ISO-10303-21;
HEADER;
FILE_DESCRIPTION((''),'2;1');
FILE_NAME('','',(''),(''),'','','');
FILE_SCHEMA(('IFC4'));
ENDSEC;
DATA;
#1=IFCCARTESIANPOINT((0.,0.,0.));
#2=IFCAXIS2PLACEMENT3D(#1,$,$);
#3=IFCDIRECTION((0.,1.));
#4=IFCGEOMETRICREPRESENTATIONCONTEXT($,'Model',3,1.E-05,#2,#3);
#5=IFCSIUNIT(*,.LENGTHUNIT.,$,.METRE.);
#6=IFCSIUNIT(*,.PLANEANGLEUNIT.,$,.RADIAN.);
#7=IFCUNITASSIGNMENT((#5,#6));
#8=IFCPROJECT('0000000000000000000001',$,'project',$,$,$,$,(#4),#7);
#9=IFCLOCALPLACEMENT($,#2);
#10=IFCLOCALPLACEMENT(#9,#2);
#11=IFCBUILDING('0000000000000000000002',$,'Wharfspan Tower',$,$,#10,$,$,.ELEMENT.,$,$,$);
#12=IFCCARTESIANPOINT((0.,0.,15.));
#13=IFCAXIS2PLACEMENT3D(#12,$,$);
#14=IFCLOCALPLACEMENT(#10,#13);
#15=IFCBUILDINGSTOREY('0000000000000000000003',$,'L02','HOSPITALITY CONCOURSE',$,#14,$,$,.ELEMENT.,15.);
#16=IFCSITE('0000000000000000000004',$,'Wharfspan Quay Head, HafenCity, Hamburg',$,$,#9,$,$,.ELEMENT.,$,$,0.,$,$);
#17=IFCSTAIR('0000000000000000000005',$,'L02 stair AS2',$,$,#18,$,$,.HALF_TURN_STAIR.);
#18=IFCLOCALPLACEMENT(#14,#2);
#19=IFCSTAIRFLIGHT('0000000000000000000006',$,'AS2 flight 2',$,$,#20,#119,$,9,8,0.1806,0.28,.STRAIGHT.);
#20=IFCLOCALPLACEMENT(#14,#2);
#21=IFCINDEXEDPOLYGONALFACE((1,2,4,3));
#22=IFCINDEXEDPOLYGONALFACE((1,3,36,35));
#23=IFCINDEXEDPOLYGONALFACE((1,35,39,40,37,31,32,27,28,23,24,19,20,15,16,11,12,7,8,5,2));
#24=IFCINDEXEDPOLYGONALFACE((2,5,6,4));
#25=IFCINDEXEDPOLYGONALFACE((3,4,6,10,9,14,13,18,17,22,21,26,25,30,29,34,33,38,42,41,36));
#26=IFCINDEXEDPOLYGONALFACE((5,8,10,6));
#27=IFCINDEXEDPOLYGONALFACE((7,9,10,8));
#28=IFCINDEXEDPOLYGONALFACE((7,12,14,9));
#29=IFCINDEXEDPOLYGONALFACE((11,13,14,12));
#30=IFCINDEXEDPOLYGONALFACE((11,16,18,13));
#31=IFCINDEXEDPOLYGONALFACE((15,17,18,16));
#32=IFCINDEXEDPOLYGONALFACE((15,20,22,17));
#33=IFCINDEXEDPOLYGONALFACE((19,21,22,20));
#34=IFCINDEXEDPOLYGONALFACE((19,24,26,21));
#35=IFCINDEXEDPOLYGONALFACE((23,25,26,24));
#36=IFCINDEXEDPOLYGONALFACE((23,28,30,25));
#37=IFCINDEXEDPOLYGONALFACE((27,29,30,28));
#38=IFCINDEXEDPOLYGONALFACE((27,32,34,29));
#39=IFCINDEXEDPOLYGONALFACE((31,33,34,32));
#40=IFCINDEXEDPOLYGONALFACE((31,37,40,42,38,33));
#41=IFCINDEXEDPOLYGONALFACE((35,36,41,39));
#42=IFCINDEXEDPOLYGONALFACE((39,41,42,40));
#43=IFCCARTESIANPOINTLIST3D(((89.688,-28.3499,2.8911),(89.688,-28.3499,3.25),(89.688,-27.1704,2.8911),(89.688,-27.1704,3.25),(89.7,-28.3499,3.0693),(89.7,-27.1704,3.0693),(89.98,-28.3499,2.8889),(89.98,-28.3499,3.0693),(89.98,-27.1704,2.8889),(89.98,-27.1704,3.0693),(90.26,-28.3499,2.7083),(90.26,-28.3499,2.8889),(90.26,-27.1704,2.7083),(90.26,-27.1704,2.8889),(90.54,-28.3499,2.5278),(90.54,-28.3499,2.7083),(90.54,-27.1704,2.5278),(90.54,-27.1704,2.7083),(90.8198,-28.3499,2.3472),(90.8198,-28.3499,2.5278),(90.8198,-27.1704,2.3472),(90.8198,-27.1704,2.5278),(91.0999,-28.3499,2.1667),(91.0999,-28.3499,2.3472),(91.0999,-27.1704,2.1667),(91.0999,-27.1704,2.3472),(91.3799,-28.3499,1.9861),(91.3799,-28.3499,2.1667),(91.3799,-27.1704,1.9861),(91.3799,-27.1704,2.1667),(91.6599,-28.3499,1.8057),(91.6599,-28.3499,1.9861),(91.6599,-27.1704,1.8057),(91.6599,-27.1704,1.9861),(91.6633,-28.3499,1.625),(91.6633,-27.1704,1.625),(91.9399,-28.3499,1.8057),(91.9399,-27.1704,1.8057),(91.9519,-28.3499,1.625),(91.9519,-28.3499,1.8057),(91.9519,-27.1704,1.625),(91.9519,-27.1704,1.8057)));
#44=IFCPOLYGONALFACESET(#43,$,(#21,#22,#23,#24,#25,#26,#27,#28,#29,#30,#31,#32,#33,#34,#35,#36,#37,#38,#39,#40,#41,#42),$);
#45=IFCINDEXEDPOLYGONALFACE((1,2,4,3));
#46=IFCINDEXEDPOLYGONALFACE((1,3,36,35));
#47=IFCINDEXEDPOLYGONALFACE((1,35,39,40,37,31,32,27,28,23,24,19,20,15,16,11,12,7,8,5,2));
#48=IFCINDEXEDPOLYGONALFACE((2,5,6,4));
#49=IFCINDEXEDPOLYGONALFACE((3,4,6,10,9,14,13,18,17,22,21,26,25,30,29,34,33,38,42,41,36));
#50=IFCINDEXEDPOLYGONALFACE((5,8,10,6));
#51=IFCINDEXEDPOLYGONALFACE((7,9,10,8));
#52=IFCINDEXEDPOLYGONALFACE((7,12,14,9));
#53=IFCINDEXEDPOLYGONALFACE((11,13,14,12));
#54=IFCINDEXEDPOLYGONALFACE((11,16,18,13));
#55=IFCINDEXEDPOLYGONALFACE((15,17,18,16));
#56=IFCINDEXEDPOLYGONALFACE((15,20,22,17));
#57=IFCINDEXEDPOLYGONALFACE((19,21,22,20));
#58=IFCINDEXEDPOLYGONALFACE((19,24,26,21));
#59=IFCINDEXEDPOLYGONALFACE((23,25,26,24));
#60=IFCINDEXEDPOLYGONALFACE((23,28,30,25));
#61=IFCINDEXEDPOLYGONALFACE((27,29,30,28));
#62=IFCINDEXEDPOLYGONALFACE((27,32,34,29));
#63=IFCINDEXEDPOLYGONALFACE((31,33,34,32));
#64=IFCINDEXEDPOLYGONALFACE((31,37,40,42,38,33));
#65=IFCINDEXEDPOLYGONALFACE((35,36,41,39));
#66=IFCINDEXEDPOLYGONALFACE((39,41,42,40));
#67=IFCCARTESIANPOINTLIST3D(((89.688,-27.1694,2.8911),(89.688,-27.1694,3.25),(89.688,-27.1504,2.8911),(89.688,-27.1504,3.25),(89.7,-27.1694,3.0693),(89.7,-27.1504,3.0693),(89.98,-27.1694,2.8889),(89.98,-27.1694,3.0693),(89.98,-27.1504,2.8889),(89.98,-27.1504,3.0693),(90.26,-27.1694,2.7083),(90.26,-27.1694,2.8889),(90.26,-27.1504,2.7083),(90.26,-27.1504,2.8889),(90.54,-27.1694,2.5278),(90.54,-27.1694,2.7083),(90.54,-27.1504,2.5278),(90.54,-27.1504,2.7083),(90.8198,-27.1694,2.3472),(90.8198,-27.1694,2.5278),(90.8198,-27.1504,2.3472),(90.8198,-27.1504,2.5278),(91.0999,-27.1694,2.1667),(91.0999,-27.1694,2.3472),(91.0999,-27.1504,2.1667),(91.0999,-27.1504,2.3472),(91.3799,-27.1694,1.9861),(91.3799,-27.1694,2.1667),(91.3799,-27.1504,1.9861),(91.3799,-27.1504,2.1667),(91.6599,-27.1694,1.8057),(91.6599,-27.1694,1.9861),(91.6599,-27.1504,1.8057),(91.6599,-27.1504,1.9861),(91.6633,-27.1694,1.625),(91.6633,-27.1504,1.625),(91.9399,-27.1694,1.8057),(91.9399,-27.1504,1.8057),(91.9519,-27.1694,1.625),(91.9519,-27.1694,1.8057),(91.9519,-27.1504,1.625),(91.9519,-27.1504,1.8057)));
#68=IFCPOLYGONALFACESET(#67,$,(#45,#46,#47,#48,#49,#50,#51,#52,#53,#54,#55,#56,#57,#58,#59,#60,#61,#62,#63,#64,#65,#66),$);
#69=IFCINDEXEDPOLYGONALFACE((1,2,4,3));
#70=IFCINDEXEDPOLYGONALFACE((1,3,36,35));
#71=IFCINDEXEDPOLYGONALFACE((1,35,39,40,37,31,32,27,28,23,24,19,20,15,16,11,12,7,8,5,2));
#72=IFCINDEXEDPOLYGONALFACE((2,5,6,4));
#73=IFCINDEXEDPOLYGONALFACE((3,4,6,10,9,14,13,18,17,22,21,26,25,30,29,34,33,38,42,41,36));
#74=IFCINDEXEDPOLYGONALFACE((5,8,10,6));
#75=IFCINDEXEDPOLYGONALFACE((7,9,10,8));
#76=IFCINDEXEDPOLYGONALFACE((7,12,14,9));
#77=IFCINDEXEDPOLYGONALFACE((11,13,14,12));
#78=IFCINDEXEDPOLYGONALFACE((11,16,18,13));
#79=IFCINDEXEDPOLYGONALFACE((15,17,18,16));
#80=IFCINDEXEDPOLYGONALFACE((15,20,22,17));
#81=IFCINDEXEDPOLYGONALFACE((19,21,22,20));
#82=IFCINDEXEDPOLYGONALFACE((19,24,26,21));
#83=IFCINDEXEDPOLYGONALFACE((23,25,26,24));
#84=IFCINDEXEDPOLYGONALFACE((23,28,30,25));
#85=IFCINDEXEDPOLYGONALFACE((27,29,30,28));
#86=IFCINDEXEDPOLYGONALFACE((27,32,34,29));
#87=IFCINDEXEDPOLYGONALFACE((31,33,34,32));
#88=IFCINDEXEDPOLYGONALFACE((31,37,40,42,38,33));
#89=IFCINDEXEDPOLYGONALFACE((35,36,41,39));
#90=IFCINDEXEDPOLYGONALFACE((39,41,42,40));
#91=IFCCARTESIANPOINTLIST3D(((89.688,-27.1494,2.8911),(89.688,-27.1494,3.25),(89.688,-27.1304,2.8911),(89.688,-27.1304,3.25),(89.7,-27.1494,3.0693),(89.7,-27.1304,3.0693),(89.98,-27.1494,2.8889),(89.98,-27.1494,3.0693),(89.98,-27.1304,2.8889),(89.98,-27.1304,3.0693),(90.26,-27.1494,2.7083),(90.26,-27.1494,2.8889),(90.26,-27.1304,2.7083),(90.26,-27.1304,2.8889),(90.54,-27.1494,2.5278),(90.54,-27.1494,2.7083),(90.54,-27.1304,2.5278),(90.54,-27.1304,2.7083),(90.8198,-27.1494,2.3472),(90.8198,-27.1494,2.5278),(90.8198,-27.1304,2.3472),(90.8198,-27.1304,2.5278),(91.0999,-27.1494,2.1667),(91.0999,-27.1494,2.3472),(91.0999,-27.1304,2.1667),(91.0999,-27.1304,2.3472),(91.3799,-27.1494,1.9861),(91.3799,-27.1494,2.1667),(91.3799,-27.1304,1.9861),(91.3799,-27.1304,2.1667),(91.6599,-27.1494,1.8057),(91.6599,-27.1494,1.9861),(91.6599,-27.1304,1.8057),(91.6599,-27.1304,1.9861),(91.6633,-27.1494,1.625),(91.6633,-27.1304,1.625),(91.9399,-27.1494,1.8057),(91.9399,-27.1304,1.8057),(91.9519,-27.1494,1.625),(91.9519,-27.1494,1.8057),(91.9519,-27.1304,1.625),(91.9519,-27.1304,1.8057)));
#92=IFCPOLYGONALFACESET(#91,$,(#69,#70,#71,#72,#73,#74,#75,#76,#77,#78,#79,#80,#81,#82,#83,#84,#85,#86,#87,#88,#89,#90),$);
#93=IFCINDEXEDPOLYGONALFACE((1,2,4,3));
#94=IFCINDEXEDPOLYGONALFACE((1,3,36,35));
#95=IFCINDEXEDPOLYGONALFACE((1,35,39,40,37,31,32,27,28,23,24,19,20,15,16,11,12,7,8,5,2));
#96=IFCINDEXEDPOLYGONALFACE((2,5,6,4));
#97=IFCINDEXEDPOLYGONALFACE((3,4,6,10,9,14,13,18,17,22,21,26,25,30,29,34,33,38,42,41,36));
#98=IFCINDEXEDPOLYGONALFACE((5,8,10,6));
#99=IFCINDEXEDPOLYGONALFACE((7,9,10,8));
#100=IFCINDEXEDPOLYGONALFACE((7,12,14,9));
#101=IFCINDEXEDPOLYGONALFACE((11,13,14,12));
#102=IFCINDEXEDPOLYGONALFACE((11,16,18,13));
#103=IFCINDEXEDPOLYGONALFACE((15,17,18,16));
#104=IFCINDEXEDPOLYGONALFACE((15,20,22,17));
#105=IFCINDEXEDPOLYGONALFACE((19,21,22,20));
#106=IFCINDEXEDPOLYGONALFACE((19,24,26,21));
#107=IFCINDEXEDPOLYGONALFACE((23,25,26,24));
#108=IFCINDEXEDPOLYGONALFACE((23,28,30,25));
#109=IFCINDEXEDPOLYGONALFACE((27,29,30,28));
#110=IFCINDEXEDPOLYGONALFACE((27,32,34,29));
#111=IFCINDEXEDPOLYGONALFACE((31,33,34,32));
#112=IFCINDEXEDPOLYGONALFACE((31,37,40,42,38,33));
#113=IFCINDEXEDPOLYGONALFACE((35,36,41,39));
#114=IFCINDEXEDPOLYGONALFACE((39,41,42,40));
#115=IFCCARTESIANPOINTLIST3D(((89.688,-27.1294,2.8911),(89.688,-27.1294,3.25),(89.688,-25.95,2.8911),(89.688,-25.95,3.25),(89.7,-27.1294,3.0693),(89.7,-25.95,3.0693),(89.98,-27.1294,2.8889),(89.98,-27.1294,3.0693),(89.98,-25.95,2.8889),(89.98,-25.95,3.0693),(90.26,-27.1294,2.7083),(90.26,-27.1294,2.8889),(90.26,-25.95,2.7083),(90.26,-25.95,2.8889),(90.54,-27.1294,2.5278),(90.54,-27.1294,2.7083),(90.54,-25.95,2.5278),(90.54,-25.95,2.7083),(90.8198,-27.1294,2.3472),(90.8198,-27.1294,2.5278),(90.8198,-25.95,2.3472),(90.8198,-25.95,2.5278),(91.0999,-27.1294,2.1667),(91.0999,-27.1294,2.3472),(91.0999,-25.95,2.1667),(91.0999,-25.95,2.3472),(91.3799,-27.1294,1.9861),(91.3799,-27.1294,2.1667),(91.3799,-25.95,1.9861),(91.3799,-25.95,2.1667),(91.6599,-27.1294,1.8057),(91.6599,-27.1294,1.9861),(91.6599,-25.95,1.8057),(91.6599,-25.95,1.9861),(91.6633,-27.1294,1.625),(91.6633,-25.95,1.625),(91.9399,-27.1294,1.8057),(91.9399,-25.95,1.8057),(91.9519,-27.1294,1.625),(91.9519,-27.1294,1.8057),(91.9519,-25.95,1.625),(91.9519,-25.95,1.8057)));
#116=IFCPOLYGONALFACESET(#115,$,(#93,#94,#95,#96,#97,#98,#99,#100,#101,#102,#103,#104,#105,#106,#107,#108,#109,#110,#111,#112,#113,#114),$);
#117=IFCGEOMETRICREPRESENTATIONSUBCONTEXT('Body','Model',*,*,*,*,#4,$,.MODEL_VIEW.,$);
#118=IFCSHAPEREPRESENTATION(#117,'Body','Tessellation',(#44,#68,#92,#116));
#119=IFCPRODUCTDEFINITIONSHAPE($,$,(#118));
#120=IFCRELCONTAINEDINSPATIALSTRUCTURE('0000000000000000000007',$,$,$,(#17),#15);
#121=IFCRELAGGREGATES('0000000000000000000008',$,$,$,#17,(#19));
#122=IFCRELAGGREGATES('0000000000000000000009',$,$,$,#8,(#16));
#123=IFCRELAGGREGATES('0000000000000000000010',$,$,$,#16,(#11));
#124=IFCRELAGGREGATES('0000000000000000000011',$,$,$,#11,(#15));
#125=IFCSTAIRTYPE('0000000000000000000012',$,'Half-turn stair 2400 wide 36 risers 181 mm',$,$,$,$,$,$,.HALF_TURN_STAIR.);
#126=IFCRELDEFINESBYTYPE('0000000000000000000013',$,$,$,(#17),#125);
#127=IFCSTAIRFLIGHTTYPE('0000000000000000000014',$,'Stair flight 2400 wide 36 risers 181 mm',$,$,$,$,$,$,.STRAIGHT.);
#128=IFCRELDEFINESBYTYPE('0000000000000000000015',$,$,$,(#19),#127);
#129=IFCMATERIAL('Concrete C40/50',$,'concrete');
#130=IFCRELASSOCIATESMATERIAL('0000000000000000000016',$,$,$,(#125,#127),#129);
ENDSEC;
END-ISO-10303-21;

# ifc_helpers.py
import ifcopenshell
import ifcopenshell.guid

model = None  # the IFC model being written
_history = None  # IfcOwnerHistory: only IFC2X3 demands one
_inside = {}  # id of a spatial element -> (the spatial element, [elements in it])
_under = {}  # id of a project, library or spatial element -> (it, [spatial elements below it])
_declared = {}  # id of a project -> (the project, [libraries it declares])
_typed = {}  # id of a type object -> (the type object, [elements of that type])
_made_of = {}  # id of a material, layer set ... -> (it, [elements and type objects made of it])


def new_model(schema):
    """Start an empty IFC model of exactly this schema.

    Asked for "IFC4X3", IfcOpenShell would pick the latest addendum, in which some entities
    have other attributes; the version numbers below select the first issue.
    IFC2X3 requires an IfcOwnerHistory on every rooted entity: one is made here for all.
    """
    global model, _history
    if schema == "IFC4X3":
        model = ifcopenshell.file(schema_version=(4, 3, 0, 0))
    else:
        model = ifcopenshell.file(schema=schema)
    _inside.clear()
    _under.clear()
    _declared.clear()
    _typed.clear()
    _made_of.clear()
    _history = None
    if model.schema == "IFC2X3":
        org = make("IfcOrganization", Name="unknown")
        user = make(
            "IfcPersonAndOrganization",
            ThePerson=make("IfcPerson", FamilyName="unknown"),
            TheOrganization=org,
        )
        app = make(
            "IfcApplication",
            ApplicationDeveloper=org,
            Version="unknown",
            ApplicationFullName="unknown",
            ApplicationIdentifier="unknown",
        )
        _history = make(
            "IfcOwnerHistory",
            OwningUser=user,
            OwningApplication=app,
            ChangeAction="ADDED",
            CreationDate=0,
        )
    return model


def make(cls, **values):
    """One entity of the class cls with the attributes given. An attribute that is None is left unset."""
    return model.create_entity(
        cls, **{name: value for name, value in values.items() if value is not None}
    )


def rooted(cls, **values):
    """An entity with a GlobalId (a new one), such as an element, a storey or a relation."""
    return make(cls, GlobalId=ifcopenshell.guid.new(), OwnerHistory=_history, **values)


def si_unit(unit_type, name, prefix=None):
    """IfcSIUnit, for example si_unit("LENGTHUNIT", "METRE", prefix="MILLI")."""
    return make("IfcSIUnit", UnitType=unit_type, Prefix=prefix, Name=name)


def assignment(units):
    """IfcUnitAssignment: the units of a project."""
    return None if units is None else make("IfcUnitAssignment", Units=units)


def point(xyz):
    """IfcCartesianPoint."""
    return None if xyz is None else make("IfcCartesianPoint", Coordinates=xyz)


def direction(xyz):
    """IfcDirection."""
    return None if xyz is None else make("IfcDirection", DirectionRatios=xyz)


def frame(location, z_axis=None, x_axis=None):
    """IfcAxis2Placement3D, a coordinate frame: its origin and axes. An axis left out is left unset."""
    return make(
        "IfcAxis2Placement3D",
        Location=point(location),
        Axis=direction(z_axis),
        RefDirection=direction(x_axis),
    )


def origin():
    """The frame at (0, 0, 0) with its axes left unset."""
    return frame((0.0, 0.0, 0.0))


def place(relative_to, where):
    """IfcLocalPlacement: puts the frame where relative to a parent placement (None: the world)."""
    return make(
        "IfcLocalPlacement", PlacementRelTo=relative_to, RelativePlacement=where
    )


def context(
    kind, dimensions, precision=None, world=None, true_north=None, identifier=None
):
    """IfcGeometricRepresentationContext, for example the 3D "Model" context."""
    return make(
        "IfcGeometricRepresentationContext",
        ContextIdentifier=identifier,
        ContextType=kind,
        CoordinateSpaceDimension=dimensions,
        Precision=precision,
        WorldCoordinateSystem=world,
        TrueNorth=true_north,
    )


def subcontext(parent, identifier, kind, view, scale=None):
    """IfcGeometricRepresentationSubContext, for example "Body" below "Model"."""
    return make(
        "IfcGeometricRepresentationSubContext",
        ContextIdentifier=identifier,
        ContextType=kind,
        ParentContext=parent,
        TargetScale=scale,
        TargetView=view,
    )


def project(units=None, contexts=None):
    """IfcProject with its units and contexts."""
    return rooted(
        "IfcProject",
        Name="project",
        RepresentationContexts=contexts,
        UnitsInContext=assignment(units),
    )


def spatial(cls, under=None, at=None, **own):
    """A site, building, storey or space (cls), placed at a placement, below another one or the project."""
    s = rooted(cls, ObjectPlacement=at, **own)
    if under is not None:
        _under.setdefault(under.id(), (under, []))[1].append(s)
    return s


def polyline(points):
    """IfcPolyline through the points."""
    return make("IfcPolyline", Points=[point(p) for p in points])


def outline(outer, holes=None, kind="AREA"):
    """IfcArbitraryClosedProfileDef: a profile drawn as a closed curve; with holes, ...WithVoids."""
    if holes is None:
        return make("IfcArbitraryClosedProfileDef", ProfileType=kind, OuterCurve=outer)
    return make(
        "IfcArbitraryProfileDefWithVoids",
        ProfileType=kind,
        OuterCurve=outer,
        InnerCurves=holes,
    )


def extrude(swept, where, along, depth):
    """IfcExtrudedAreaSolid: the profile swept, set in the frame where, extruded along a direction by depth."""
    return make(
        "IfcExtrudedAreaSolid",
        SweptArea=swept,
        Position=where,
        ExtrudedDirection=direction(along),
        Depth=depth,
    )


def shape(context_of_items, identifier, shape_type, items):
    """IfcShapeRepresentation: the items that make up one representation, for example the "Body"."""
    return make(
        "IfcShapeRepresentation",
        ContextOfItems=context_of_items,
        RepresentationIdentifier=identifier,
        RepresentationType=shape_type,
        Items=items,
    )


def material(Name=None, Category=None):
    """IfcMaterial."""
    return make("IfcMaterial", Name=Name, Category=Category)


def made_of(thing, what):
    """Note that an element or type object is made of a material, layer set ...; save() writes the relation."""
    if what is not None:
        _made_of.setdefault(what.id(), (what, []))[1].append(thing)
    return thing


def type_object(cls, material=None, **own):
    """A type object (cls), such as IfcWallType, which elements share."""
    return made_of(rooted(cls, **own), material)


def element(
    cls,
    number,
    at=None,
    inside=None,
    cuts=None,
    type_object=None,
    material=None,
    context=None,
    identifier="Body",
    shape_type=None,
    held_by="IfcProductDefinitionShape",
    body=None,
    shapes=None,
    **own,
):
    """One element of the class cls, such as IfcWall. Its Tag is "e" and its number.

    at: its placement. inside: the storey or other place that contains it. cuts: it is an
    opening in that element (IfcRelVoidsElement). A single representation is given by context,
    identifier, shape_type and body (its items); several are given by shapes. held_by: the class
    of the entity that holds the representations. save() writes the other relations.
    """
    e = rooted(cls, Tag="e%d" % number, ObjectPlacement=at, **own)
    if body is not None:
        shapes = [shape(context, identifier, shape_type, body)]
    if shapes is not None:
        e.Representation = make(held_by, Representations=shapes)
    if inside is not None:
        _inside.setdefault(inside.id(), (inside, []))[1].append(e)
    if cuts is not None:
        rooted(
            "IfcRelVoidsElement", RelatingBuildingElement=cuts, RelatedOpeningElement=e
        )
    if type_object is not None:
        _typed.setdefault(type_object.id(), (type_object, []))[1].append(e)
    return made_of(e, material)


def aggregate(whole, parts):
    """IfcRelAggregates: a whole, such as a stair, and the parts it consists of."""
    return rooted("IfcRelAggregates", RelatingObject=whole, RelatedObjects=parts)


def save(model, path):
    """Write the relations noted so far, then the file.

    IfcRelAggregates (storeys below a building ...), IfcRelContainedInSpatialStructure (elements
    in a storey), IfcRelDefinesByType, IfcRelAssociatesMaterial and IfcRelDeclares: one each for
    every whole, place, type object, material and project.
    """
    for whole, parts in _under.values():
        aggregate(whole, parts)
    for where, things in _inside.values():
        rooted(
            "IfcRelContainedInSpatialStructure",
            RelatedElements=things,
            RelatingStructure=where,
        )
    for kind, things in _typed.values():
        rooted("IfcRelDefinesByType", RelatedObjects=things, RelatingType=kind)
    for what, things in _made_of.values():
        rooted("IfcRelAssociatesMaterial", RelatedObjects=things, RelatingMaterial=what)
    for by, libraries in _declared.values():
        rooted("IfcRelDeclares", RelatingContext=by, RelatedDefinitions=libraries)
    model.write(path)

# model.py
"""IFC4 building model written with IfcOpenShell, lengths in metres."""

from ifc_helpers import new_model, si_unit, direction, frame, origin, place, context, subcontext, project, spatial, polyline, outline, extrude, material, type_object, element, aggregate, save


model = new_model("IFC4")

# Units and contexts
model_context = context("Model", 3, precision=1e-05, world=origin(), true_north=direction((0.0, 1.0)))
body_context = subcontext(model_context, "Body", "Model", "MODEL_VIEW")
ifc_project = project(units=[si_unit("LENGTHUNIT", "METRE"), si_unit("PLANEANGLEUNIT", "RADIAN")], contexts=[model_context])

# Site, building, storey
site_placement = place(None, origin())
site = spatial("IfcSite", under=ifc_project, at=site_placement, Name="Wharfspan Quay Head, HafenCity, Hamburg", CompositionType="ELEMENT", RefElevation=0.0)
building_placement = place(site_placement, origin())
building = spatial("IfcBuilding", under=site, at=building_placement, Name="Wharfspan Tower", CompositionType="ELEMENT")
storey_placement = place(building_placement, frame((0.0, 0.0, 15.0)))
storey = spatial("IfcBuildingStorey", under=building, at=storey_placement, Name="L02", Description="HOSPITALITY CONCOURSE", CompositionType="ELEMENT", Elevation=15.0)

# Shared definitions
ifc_material_1 = material(Name="Concrete C40/50", Category="concrete")

# Stair, stair flight
stair_type = type_object("IfcStairType", Name="Half-turn stair 2400 wide 36 risers 181 mm", PredefinedType="HALF_TURN_STAIR", material=ifc_material_1)
stair_placement = place(storey_placement, origin())
stair = element("IfcStair", 1, at=stair_placement, inside=storey, type_object=stair_type, Name="L02 stair AS2", PredefinedType="HALF_TURN_STAIR")
stair_flight_type = type_object("IfcStairFlightType", Name="Stair flight 2400 wide 36 risers 181 mm", PredefinedType="STRAIGHT", material=ifc_material_1)
stair_flight_1_placement = place(storey_placement, frame((91.9399, -27.1499, 1.625), z_axis=(0.0, 0.0, 1.0), x_axis=(-1.0, 0.0, 0.0)))
stair_flight_1 = element("IfcStairFlight", 2, at=stair_flight_1_placement, type_object=stair_flight_type, Name="AS2 flight 2", NumberOfRisers=9, NumberOfTreads=8, PredefinedType="STRAIGHT", RiserHeight=0.1806, TreadLength=0.28, context=body_context, shape_type="SweptSolid", body=[
    extrude(outline(polyline([(-0.012, 0.0), (-0.012, 0.1807), (0.0, 0.1807), (0.28, 0.1807), (0.28, 0.3611), (0.5601, 0.3611), (0.5601, 0.5417), (0.8401, 0.5417), (0.8401, 0.7222), (1.1201, 0.7222), (1.1201, 0.9028), (1.3999, 0.9028), (1.3999, 1.0833), (1.6799, 1.0833), (1.6799, 1.2639), (1.96, 1.2639), (1.96, 1.4443), (2.24, 1.4443), (2.252, 1.625), (2.252, 1.2661), (0.2766, 0.0), (-0.012, 0.0)])), frame((0.0, 1.2, 0.0), z_axis=(0.0, -1.0, 0.0), x_axis=(1.0, 0.0, 0.0)), (0.0, 0.0, 1.0), 1.1794),
    extrude(outline(polyline([(-0.012, 0.0), (-0.012, 0.1807), (0.0, 0.1807), (0.28, 0.1807), (0.28, 0.3611), (0.5601, 0.3611), (0.5601, 0.5417), (0.8401, 0.5417), (0.8401, 0.7222), (1.1201, 0.7222), (1.1201, 0.9028), (1.3999, 0.9028), (1.3999, 1.0833), (1.6799, 1.0833), (1.6799, 1.2639), (1.96, 1.2639), (1.96, 1.4443), (2.24, 1.4443), (2.252, 1.625), (2.252, 1.2661), (0.2766, 0.0), (-0.012, 0.0)])), frame((0.0, 0.0195, 0.0), z_axis=(0.0, -1.0, 0.0), x_axis=(1.0, 0.0, 0.0)), (0.0, 0.0, 1.0), 0.019),
    extrude(outline(polyline([(-0.012, 0.0), (-0.012, 0.1807), (0.0, 0.1807), (0.28, 0.1807), (0.28, 0.3611), (0.5601, 0.3611), (0.5601, 0.5417), (0.8401, 0.5417), (0.8401, 0.7222), (1.1201, 0.7222), (1.1201, 0.9028), (1.3999, 0.9028), (1.3999, 1.0833), (1.6799, 1.0833), (1.6799, 1.2639), (1.96, 1.2639), (1.96, 1.4443), (2.24, 1.4443), (2.252, 1.625), (2.252, 1.2661), (0.2766, 0.0), (-0.012, 0.0)])), frame((0.0, -0.0005, 0.0), z_axis=(0.0, -1.0, 0.0), x_axis=(1.0, 0.0, 0.0)), (0.0, 0.0, 1.0), 0.019),
    extrude(outline(polyline([(-0.012, 0.0), (-0.012, 0.1807), (0.0, 0.1807), (0.28, 0.1807), (0.28, 0.3611), (0.5601, 0.3611), (0.5601, 0.5417), (0.8401, 0.5417), (0.8401, 0.7222), (1.1201, 0.7222), (1.1201, 0.9028), (1.3999, 0.9028), (1.3999, 1.0833), (1.6799, 1.0833), (1.6799, 1.2639), (1.96, 1.2639), (1.96, 1.4443), (2.24, 1.4443), (2.252, 1.625), (2.252, 1.2661), (0.2766, 0.0), (-0.012, 0.0)])), frame((0.0, -0.0205, 0.0), z_axis=(0.0, -1.0, 0.0), x_axis=(1.0, 0.0, 0.0)), (0.0, 0.0, 1.0), 1.1794),
])
aggregate(stair, [stair_flight_1])

save(model, "model.ifc")
